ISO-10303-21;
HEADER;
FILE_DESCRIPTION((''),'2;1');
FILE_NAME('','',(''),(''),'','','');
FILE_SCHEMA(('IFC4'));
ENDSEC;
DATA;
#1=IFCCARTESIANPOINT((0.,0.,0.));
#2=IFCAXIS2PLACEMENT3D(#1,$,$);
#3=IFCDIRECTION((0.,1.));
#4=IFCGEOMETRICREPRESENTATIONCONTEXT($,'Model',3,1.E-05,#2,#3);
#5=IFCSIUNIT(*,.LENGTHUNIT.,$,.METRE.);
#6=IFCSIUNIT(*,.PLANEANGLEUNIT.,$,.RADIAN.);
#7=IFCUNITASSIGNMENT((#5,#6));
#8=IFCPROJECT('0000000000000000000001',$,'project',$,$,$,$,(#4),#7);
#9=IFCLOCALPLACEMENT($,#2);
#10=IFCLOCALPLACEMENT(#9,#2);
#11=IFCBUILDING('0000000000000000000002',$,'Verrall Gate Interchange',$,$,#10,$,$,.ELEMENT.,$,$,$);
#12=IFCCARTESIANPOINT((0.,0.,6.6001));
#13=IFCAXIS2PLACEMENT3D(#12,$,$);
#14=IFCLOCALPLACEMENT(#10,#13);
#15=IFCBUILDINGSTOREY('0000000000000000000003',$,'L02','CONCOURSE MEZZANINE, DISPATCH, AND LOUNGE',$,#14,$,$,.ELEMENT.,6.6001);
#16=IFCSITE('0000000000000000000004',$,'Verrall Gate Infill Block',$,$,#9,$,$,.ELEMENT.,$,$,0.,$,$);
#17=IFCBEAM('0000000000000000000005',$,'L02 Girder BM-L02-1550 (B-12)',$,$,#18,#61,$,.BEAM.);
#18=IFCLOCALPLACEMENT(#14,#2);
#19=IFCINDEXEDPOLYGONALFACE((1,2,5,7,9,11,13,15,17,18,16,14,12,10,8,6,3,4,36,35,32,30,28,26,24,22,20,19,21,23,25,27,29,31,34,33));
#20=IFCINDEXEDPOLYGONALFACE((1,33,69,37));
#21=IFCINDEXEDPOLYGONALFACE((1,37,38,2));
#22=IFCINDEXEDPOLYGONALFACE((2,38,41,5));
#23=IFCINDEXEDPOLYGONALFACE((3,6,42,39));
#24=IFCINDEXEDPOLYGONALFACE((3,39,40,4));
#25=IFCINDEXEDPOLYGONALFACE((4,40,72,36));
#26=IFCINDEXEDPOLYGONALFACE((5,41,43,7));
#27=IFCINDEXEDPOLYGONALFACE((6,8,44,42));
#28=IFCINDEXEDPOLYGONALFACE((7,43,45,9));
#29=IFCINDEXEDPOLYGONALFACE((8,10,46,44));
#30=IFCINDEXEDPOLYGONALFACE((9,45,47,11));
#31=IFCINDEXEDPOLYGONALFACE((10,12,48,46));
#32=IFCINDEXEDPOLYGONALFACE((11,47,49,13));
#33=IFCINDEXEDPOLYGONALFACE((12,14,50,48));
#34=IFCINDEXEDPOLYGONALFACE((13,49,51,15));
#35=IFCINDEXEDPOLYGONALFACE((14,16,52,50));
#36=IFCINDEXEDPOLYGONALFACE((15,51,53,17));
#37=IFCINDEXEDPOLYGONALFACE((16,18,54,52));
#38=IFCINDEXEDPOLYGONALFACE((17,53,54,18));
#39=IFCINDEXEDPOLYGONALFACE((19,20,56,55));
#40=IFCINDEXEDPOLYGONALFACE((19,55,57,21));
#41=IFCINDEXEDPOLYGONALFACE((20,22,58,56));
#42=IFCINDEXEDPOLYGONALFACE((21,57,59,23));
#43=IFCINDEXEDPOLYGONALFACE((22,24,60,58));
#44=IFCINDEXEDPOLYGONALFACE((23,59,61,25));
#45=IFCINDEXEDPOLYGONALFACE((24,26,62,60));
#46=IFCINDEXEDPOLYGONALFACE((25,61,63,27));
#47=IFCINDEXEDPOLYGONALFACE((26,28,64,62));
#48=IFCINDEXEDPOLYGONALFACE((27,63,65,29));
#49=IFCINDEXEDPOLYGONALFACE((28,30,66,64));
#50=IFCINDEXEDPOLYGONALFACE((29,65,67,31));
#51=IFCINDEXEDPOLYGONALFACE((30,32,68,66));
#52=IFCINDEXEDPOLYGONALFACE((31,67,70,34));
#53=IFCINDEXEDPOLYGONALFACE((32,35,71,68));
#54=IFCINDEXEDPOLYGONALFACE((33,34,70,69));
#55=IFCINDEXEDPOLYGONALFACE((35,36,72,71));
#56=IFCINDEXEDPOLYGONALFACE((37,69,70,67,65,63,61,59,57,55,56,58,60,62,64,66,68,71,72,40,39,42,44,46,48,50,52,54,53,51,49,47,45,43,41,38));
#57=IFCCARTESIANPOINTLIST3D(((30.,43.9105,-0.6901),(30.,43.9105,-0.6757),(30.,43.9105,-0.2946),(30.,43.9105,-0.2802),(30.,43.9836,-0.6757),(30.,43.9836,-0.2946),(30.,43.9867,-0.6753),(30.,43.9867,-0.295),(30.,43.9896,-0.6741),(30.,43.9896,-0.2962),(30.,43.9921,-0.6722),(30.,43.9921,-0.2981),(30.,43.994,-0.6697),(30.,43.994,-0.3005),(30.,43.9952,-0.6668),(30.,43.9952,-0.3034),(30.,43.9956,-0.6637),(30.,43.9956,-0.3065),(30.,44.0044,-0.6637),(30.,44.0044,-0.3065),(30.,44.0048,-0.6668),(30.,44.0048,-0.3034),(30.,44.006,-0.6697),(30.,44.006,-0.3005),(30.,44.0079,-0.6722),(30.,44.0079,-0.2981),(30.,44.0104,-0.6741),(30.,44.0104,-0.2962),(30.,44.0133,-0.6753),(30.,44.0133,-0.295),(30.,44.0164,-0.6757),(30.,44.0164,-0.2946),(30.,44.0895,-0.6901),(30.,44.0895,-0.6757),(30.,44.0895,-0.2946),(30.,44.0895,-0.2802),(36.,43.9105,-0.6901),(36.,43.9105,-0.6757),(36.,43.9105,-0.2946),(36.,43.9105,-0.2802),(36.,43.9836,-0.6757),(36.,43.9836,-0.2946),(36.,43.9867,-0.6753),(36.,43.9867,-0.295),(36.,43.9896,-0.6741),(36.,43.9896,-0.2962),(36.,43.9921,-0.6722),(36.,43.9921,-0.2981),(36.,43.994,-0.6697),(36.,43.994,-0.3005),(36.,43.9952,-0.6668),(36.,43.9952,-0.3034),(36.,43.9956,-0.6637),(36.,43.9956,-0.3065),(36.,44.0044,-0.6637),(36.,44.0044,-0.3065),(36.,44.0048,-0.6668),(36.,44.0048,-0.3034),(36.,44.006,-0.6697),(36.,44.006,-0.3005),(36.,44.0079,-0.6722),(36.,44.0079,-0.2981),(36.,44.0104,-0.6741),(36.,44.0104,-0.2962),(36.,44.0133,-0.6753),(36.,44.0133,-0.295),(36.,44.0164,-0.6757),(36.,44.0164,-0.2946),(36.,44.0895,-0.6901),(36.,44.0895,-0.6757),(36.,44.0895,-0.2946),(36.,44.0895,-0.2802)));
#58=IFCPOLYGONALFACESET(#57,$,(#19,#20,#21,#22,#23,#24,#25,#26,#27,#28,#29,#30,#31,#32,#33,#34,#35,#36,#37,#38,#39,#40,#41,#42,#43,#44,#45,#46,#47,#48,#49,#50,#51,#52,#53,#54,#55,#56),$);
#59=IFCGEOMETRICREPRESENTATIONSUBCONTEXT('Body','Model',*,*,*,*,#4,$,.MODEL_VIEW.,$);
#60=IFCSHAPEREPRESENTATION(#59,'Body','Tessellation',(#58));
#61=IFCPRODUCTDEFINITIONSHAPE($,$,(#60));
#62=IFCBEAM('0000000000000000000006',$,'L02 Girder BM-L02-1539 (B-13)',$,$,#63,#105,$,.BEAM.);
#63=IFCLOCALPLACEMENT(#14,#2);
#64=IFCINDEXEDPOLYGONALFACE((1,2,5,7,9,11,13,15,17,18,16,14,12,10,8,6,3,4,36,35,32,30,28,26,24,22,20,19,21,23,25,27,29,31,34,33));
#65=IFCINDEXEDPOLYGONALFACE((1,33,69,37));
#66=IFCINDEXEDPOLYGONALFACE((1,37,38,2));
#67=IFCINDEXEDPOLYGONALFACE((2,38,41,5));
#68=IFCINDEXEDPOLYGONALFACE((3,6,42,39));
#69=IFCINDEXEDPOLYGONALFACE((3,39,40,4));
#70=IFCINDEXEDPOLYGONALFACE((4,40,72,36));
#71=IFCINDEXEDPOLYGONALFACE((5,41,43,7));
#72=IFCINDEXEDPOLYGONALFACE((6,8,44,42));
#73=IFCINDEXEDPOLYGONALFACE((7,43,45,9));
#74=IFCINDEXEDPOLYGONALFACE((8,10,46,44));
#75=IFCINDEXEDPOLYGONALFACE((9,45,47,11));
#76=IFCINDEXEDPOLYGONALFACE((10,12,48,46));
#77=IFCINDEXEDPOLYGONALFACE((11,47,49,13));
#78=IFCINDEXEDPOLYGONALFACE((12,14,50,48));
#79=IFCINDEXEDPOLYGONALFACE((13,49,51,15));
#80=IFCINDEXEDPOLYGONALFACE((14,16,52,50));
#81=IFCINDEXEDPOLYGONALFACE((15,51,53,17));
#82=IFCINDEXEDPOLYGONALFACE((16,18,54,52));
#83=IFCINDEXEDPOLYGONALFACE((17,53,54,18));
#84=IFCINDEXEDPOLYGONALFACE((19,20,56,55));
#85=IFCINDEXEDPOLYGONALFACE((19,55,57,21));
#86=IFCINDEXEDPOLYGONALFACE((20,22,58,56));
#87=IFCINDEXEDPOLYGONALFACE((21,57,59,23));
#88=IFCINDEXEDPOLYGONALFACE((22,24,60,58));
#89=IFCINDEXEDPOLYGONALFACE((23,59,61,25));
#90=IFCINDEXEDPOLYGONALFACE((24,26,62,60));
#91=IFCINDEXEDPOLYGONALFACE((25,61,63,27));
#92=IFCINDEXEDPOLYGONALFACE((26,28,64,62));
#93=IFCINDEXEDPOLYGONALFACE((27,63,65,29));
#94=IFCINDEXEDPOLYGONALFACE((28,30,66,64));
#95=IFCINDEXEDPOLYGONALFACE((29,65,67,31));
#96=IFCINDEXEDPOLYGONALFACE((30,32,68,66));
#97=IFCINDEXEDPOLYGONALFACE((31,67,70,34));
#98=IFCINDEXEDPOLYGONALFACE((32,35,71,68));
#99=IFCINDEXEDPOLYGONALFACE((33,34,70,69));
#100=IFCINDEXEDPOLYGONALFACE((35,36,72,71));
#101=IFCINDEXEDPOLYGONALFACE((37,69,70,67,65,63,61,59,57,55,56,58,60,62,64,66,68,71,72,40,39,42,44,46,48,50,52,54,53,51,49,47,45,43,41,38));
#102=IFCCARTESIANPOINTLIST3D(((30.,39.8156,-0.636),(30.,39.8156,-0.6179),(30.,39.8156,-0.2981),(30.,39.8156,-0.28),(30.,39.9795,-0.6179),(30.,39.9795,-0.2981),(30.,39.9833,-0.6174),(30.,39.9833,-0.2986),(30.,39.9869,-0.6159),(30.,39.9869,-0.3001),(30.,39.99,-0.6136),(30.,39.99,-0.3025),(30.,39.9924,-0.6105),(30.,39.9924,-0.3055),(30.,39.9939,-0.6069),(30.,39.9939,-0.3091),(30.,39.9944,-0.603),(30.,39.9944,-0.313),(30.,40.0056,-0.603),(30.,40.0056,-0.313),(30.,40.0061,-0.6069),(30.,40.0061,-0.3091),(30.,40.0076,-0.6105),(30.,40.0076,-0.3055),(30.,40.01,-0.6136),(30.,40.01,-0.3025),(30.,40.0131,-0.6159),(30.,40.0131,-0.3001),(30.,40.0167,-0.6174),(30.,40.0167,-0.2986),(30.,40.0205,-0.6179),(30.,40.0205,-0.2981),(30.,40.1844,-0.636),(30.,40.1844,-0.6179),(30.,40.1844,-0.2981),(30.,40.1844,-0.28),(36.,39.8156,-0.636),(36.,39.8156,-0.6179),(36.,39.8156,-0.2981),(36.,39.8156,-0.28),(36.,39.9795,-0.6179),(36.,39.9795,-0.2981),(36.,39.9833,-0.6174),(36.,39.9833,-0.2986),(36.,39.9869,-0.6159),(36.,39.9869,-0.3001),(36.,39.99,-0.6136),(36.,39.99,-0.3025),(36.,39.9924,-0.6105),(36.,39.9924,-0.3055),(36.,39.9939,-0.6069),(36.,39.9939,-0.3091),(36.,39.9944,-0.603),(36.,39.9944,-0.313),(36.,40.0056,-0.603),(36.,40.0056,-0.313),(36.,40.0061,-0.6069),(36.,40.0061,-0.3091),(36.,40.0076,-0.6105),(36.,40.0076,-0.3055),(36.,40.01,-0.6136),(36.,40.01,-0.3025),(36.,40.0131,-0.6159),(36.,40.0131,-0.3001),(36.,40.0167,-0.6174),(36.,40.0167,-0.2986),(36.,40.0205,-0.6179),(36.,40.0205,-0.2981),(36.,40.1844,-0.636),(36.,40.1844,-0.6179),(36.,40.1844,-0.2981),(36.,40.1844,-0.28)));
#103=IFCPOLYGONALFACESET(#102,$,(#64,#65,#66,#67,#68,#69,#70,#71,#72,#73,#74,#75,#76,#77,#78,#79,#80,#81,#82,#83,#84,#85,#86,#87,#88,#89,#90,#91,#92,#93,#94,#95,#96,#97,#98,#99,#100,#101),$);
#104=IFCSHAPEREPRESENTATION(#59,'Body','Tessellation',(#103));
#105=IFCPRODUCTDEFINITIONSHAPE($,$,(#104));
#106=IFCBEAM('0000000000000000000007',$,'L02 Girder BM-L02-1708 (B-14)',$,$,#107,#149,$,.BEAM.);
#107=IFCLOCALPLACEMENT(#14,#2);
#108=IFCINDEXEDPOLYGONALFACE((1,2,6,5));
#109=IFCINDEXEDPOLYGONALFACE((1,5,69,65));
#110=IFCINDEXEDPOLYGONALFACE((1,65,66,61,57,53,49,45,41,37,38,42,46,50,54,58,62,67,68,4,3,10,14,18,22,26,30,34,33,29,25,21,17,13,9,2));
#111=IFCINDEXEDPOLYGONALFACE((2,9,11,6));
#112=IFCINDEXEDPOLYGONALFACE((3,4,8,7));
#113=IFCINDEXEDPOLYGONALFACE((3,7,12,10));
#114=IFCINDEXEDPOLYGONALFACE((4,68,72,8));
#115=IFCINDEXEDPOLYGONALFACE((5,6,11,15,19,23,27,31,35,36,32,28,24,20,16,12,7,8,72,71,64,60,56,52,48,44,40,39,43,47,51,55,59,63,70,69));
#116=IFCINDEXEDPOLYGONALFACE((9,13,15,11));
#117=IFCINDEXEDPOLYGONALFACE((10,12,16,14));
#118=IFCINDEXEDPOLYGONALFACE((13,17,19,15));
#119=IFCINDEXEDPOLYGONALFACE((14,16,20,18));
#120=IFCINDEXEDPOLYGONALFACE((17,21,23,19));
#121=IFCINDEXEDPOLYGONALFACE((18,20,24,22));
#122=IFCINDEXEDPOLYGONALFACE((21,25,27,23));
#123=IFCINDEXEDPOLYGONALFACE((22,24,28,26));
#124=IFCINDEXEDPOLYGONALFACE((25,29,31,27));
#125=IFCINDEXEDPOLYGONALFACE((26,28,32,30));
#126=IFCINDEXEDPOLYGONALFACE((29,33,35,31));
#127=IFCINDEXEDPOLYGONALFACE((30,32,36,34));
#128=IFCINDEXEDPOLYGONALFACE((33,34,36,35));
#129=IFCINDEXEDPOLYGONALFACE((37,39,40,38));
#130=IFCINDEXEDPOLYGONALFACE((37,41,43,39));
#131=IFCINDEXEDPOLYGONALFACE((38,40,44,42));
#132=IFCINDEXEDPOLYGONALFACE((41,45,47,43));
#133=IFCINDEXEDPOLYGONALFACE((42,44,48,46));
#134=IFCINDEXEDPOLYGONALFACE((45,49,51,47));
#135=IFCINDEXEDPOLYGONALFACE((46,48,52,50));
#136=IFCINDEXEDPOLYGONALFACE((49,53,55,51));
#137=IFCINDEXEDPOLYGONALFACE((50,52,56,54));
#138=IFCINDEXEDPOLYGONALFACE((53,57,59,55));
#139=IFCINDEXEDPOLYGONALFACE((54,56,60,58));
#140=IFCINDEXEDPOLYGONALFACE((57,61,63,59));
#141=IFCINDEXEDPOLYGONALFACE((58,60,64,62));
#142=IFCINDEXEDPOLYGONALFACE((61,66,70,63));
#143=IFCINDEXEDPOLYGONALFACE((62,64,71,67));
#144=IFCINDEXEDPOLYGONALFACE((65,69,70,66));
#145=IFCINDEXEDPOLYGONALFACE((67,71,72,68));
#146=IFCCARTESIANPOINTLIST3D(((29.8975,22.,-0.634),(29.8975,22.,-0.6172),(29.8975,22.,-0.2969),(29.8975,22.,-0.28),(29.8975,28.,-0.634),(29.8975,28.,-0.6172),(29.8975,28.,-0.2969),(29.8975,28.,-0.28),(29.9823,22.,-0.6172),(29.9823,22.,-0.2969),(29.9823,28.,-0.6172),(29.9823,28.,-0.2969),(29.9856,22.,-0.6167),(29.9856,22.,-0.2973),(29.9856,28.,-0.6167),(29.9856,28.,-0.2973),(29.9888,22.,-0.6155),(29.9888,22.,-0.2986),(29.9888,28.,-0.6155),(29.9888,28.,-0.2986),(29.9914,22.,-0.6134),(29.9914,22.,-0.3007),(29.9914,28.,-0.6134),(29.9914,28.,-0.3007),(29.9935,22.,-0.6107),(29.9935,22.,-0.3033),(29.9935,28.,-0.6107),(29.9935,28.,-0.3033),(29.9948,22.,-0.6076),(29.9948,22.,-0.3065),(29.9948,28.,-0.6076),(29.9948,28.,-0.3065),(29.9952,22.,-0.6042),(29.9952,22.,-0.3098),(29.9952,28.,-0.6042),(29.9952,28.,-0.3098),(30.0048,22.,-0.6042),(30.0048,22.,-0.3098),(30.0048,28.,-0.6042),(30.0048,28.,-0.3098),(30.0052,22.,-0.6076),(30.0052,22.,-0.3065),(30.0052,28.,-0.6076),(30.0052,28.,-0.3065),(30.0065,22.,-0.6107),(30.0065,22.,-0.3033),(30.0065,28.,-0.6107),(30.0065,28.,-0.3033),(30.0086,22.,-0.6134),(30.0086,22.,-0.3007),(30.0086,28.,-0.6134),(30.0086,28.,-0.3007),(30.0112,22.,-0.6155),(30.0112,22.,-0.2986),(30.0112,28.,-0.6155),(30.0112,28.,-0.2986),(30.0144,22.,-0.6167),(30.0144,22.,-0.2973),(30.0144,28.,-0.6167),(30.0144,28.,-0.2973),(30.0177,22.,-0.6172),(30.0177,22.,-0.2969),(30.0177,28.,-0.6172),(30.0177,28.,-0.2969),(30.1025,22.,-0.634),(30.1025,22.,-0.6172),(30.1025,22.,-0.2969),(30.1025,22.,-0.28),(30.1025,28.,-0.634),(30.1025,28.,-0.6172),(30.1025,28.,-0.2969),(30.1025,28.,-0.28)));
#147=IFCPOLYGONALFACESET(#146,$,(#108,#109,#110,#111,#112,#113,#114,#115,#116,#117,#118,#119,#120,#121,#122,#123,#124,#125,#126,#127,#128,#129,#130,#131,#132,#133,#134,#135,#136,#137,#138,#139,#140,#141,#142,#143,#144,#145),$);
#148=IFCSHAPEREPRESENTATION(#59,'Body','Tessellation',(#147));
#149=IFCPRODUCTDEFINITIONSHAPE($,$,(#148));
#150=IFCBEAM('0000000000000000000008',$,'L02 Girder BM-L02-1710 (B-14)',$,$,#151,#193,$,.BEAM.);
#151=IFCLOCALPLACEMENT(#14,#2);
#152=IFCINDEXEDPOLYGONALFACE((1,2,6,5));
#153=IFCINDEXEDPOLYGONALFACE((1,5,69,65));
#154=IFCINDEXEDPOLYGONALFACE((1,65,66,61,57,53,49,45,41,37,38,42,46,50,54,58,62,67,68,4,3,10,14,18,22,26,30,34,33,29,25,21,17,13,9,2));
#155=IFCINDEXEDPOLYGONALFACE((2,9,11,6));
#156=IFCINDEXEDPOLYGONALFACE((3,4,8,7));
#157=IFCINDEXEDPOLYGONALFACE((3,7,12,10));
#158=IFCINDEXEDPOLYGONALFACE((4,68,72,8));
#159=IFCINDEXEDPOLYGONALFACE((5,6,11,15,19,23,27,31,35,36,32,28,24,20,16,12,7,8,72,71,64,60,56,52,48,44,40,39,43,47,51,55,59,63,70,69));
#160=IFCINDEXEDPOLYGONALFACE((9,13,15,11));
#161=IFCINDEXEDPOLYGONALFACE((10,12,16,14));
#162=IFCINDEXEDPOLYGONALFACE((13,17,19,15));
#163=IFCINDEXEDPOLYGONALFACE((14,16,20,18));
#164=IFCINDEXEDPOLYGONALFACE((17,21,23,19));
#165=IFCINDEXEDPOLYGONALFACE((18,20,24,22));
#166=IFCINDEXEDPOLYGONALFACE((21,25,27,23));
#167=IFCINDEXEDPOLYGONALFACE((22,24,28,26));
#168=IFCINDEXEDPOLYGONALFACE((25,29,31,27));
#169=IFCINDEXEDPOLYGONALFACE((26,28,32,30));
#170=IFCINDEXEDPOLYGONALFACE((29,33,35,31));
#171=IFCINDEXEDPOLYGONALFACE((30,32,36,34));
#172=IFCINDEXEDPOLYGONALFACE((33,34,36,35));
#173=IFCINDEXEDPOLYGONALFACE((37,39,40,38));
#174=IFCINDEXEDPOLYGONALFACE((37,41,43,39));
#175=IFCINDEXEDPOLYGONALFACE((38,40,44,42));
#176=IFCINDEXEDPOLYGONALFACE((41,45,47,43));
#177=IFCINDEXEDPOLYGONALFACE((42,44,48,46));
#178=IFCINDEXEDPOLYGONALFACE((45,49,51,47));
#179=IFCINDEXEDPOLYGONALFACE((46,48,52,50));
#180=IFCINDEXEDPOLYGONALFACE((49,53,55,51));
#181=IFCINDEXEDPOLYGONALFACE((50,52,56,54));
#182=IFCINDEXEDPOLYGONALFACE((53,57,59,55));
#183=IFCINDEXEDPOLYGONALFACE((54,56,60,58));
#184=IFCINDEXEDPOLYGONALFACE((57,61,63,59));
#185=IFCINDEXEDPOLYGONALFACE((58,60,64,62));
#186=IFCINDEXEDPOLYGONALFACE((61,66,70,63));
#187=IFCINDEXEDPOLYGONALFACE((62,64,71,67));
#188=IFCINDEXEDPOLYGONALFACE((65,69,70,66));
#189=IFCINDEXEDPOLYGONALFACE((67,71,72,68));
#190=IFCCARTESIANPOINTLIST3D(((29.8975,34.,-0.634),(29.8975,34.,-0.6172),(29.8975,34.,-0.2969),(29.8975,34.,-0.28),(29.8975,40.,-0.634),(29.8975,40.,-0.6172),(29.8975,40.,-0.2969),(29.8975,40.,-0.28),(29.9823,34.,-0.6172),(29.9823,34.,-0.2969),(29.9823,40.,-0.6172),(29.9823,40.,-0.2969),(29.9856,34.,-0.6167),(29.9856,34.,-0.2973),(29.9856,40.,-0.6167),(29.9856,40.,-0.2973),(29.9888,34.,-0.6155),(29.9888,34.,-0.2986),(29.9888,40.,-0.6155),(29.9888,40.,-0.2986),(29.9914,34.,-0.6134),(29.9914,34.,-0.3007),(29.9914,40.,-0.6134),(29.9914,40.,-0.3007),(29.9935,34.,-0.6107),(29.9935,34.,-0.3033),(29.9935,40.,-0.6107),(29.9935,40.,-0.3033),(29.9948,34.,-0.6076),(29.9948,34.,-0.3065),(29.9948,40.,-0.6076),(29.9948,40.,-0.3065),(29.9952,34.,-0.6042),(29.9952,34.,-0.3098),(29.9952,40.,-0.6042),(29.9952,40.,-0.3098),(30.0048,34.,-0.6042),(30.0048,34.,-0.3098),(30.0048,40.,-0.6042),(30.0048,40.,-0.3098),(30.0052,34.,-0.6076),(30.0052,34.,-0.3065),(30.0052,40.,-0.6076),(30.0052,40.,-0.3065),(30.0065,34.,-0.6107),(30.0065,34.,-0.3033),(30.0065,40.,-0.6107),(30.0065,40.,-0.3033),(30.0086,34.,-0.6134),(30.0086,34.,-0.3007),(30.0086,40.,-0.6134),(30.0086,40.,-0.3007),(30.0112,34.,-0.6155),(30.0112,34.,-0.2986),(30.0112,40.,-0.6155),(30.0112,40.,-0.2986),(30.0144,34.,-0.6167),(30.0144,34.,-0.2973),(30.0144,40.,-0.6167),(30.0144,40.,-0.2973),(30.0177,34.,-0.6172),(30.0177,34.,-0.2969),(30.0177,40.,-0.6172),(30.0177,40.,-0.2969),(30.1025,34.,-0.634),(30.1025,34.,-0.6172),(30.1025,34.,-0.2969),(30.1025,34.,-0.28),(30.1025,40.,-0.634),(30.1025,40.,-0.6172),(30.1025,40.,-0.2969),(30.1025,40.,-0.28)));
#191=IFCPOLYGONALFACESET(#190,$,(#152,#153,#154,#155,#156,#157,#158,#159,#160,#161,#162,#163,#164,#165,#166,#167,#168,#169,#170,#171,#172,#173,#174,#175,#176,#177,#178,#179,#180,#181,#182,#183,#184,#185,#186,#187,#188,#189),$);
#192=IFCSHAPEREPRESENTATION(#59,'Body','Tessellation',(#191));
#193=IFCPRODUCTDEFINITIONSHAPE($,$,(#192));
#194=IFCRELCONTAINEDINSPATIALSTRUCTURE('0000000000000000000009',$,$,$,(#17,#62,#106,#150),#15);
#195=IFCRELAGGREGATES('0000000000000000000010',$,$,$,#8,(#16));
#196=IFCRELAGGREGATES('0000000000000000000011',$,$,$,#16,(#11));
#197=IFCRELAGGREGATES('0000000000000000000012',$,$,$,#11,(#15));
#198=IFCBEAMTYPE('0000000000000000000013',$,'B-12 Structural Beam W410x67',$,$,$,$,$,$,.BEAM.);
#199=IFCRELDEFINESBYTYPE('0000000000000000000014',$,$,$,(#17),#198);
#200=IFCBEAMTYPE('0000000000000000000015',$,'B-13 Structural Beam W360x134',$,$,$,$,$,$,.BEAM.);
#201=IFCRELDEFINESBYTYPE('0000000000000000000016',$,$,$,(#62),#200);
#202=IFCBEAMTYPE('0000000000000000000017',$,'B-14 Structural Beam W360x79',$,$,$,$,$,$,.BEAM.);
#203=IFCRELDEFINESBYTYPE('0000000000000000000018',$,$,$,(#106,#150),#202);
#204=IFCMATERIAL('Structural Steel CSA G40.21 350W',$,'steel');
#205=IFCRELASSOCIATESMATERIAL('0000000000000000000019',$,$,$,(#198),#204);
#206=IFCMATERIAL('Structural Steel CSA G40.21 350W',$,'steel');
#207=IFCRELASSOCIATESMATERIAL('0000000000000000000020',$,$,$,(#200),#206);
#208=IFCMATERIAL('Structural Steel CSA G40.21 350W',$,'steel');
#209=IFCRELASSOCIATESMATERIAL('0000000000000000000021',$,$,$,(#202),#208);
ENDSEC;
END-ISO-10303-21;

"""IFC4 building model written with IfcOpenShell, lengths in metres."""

from ifc_helpers import new_model, si_unit, direction, frame, origin, origin_2d, place, context, subcontext, project, spatial, i_section, extrude, material, material_profile, profile_set, type_object, element, save


model = new_model("IFC4")

# Units and contexts
model_context = context("Model", 3, precision=1e-05, world=origin(), true_north=direction((0.0, 1.0)))
body_context = subcontext(model_context, "Body", "Model", "MODEL_VIEW")
ifc_project = project(units=[si_unit("LENGTHUNIT", "METRE"), si_unit("PLANEANGLEUNIT", "RADIAN")], contexts=[model_context])

# Site, building, storey
site_placement = place(None, origin())
site = spatial("IfcSite", under=ifc_project, at=site_placement, Name="Verrall Gate Infill Block", CompositionType="ELEMENT", RefElevation=0.0)
building_placement = place(site_placement, origin())
building = spatial("IfcBuilding", under=site, at=building_placement, Name="Verrall Gate Interchange", CompositionType="ELEMENT")
storey_placement = place(building_placement, frame((0.0, 0.0, 6.6001)))
storey = spatial("IfcBuildingStorey", under=building, at=storey_placement, Name="L02", Description="CONCOURSE MEZZANINE, DISPATCH, AND LOUNGE", CompositionType="ELEMENT", Elevation=6.6001)

# Beams
ifc_material_1 = material(Name="Structural Steel CSA G40.21 350W", Category="steel")
ifc_material_profile_1 = material_profile(ifc_material_1, i_section(OverallWidth=0.179, OverallDepth=0.4099, WebThickness=0.0088, FlangeThickness=0.0144, FilletRadius=0.012, at=origin_2d()), Name="W410x67")
ifc_profile_set_1 = profile_set([ifc_material_profile_1], Name="Structural Steel CSA G40.21 350W")
beam_type_1 = type_object("IfcBeamType", Name="B-12 Structural Beam W410x67", PredefinedType="BEAM", material=ifc_profile_set_1)
for number, where, z_axis, x_axis, name in (
    (1, (30.0, 44.0, -0.4851), (1.0, 0.0, 0.0), (0.0, 1.0, 0.0), "L02 Girder BM-L02-1550 (B-12)"),
):
    element("IfcBeam", number, at=place(storey_placement, frame(where, z_axis=z_axis, x_axis=x_axis)), inside=storey, type_object=beam_type_1, Name=name, PredefinedType="BEAM", context=body_context, shape_type="SweptSolid", body=[
        extrude(i_section(OverallWidth=0.179, OverallDepth=0.4099, WebThickness=0.0088, FlangeThickness=0.0144, FilletRadius=0.012, at=origin_2d()), origin(), (0.0, 0.0, 1.0), 6.0),
    ])
ifc_material_2 = material(Name="Structural Steel CSA G40.21 350W", Category="steel")
ifc_material_profile_2 = material_profile(ifc_material_2, i_section(OverallWidth=0.3689, OverallDepth=0.356, WebThickness=0.0112, FlangeThickness=0.0181, FilletRadius=0.0149, at=origin_2d()), Name="W360x134")
ifc_profile_set_2 = profile_set([ifc_material_profile_2], Name="Structural Steel CSA G40.21 350W")
beam_type_2 = type_object("IfcBeamType", Name="B-13 Structural Beam W360x134", PredefinedType="BEAM", material=ifc_profile_set_2)
beam_1_placement = place(storey_placement, frame((30.0, 40.0, -0.458), z_axis=(1.0, 0.0, 0.0), x_axis=(0.0, 1.0, 0.0)))
element("IfcBeam", 2, at=beam_1_placement, inside=storey, type_object=beam_type_2, Name="L02 Girder BM-L02-1539 (B-13)", PredefinedType="BEAM", context=body_context, shape_type="SweptSolid", body=[
    extrude(i_section(OverallWidth=0.3689, OverallDepth=0.356, WebThickness=0.0112, FlangeThickness=0.0181, FilletRadius=0.0149, at=origin_2d()), origin(), (0.0, 0.0, 1.0), 6.0),
])
ifc_material_3 = material(Name="Structural Steel CSA G40.21 350W", Category="steel")
ifc_material_profile_3 = material_profile(ifc_material_3, i_section(OverallWidth=0.2051, OverallDepth=0.354, WebThickness=0.0095, FlangeThickness=0.0168, FilletRadius=0.0129, at=origin_2d()), Name="W360x79")
ifc_profile_set_3 = profile_set([ifc_material_profile_3], Name="Structural Steel CSA G40.21 350W")
beam_type_3 = type_object("IfcBeamType", Name="B-14 Structural Beam W360x79", PredefinedType="BEAM", material=ifc_profile_set_3)
for number, where, z_axis, x_axis, name in (
    (3, (30.0, 22.0, -0.457), (0.0, 1.0, 0.0), (-1.0, 0.0, 0.0), "L02 Girder BM-L02-1708 (B-14)"),
    (4, (30.0, 34.0, -0.457), (0.0, 1.0, 0.0), (-1.0, 0.0, 0.0), "L02 Girder BM-L02-1710 (B-14)"),
):
    element("IfcBeam", number, at=place(storey_placement, frame(where, z_axis=z_axis, x_axis=x_axis)), inside=storey, type_object=beam_type_3, Name=name, PredefinedType="BEAM", context=body_context, shape_type="SweptSolid", body=[
        extrude(i_section(OverallWidth=0.2051, OverallDepth=0.354, WebThickness=0.0095, FlangeThickness=0.0168, FilletRadius=0.0129, at=origin_2d()), origin(), (0.0, 0.0, 1.0), 6.0),
    ])

save(model, "model.ifc")
